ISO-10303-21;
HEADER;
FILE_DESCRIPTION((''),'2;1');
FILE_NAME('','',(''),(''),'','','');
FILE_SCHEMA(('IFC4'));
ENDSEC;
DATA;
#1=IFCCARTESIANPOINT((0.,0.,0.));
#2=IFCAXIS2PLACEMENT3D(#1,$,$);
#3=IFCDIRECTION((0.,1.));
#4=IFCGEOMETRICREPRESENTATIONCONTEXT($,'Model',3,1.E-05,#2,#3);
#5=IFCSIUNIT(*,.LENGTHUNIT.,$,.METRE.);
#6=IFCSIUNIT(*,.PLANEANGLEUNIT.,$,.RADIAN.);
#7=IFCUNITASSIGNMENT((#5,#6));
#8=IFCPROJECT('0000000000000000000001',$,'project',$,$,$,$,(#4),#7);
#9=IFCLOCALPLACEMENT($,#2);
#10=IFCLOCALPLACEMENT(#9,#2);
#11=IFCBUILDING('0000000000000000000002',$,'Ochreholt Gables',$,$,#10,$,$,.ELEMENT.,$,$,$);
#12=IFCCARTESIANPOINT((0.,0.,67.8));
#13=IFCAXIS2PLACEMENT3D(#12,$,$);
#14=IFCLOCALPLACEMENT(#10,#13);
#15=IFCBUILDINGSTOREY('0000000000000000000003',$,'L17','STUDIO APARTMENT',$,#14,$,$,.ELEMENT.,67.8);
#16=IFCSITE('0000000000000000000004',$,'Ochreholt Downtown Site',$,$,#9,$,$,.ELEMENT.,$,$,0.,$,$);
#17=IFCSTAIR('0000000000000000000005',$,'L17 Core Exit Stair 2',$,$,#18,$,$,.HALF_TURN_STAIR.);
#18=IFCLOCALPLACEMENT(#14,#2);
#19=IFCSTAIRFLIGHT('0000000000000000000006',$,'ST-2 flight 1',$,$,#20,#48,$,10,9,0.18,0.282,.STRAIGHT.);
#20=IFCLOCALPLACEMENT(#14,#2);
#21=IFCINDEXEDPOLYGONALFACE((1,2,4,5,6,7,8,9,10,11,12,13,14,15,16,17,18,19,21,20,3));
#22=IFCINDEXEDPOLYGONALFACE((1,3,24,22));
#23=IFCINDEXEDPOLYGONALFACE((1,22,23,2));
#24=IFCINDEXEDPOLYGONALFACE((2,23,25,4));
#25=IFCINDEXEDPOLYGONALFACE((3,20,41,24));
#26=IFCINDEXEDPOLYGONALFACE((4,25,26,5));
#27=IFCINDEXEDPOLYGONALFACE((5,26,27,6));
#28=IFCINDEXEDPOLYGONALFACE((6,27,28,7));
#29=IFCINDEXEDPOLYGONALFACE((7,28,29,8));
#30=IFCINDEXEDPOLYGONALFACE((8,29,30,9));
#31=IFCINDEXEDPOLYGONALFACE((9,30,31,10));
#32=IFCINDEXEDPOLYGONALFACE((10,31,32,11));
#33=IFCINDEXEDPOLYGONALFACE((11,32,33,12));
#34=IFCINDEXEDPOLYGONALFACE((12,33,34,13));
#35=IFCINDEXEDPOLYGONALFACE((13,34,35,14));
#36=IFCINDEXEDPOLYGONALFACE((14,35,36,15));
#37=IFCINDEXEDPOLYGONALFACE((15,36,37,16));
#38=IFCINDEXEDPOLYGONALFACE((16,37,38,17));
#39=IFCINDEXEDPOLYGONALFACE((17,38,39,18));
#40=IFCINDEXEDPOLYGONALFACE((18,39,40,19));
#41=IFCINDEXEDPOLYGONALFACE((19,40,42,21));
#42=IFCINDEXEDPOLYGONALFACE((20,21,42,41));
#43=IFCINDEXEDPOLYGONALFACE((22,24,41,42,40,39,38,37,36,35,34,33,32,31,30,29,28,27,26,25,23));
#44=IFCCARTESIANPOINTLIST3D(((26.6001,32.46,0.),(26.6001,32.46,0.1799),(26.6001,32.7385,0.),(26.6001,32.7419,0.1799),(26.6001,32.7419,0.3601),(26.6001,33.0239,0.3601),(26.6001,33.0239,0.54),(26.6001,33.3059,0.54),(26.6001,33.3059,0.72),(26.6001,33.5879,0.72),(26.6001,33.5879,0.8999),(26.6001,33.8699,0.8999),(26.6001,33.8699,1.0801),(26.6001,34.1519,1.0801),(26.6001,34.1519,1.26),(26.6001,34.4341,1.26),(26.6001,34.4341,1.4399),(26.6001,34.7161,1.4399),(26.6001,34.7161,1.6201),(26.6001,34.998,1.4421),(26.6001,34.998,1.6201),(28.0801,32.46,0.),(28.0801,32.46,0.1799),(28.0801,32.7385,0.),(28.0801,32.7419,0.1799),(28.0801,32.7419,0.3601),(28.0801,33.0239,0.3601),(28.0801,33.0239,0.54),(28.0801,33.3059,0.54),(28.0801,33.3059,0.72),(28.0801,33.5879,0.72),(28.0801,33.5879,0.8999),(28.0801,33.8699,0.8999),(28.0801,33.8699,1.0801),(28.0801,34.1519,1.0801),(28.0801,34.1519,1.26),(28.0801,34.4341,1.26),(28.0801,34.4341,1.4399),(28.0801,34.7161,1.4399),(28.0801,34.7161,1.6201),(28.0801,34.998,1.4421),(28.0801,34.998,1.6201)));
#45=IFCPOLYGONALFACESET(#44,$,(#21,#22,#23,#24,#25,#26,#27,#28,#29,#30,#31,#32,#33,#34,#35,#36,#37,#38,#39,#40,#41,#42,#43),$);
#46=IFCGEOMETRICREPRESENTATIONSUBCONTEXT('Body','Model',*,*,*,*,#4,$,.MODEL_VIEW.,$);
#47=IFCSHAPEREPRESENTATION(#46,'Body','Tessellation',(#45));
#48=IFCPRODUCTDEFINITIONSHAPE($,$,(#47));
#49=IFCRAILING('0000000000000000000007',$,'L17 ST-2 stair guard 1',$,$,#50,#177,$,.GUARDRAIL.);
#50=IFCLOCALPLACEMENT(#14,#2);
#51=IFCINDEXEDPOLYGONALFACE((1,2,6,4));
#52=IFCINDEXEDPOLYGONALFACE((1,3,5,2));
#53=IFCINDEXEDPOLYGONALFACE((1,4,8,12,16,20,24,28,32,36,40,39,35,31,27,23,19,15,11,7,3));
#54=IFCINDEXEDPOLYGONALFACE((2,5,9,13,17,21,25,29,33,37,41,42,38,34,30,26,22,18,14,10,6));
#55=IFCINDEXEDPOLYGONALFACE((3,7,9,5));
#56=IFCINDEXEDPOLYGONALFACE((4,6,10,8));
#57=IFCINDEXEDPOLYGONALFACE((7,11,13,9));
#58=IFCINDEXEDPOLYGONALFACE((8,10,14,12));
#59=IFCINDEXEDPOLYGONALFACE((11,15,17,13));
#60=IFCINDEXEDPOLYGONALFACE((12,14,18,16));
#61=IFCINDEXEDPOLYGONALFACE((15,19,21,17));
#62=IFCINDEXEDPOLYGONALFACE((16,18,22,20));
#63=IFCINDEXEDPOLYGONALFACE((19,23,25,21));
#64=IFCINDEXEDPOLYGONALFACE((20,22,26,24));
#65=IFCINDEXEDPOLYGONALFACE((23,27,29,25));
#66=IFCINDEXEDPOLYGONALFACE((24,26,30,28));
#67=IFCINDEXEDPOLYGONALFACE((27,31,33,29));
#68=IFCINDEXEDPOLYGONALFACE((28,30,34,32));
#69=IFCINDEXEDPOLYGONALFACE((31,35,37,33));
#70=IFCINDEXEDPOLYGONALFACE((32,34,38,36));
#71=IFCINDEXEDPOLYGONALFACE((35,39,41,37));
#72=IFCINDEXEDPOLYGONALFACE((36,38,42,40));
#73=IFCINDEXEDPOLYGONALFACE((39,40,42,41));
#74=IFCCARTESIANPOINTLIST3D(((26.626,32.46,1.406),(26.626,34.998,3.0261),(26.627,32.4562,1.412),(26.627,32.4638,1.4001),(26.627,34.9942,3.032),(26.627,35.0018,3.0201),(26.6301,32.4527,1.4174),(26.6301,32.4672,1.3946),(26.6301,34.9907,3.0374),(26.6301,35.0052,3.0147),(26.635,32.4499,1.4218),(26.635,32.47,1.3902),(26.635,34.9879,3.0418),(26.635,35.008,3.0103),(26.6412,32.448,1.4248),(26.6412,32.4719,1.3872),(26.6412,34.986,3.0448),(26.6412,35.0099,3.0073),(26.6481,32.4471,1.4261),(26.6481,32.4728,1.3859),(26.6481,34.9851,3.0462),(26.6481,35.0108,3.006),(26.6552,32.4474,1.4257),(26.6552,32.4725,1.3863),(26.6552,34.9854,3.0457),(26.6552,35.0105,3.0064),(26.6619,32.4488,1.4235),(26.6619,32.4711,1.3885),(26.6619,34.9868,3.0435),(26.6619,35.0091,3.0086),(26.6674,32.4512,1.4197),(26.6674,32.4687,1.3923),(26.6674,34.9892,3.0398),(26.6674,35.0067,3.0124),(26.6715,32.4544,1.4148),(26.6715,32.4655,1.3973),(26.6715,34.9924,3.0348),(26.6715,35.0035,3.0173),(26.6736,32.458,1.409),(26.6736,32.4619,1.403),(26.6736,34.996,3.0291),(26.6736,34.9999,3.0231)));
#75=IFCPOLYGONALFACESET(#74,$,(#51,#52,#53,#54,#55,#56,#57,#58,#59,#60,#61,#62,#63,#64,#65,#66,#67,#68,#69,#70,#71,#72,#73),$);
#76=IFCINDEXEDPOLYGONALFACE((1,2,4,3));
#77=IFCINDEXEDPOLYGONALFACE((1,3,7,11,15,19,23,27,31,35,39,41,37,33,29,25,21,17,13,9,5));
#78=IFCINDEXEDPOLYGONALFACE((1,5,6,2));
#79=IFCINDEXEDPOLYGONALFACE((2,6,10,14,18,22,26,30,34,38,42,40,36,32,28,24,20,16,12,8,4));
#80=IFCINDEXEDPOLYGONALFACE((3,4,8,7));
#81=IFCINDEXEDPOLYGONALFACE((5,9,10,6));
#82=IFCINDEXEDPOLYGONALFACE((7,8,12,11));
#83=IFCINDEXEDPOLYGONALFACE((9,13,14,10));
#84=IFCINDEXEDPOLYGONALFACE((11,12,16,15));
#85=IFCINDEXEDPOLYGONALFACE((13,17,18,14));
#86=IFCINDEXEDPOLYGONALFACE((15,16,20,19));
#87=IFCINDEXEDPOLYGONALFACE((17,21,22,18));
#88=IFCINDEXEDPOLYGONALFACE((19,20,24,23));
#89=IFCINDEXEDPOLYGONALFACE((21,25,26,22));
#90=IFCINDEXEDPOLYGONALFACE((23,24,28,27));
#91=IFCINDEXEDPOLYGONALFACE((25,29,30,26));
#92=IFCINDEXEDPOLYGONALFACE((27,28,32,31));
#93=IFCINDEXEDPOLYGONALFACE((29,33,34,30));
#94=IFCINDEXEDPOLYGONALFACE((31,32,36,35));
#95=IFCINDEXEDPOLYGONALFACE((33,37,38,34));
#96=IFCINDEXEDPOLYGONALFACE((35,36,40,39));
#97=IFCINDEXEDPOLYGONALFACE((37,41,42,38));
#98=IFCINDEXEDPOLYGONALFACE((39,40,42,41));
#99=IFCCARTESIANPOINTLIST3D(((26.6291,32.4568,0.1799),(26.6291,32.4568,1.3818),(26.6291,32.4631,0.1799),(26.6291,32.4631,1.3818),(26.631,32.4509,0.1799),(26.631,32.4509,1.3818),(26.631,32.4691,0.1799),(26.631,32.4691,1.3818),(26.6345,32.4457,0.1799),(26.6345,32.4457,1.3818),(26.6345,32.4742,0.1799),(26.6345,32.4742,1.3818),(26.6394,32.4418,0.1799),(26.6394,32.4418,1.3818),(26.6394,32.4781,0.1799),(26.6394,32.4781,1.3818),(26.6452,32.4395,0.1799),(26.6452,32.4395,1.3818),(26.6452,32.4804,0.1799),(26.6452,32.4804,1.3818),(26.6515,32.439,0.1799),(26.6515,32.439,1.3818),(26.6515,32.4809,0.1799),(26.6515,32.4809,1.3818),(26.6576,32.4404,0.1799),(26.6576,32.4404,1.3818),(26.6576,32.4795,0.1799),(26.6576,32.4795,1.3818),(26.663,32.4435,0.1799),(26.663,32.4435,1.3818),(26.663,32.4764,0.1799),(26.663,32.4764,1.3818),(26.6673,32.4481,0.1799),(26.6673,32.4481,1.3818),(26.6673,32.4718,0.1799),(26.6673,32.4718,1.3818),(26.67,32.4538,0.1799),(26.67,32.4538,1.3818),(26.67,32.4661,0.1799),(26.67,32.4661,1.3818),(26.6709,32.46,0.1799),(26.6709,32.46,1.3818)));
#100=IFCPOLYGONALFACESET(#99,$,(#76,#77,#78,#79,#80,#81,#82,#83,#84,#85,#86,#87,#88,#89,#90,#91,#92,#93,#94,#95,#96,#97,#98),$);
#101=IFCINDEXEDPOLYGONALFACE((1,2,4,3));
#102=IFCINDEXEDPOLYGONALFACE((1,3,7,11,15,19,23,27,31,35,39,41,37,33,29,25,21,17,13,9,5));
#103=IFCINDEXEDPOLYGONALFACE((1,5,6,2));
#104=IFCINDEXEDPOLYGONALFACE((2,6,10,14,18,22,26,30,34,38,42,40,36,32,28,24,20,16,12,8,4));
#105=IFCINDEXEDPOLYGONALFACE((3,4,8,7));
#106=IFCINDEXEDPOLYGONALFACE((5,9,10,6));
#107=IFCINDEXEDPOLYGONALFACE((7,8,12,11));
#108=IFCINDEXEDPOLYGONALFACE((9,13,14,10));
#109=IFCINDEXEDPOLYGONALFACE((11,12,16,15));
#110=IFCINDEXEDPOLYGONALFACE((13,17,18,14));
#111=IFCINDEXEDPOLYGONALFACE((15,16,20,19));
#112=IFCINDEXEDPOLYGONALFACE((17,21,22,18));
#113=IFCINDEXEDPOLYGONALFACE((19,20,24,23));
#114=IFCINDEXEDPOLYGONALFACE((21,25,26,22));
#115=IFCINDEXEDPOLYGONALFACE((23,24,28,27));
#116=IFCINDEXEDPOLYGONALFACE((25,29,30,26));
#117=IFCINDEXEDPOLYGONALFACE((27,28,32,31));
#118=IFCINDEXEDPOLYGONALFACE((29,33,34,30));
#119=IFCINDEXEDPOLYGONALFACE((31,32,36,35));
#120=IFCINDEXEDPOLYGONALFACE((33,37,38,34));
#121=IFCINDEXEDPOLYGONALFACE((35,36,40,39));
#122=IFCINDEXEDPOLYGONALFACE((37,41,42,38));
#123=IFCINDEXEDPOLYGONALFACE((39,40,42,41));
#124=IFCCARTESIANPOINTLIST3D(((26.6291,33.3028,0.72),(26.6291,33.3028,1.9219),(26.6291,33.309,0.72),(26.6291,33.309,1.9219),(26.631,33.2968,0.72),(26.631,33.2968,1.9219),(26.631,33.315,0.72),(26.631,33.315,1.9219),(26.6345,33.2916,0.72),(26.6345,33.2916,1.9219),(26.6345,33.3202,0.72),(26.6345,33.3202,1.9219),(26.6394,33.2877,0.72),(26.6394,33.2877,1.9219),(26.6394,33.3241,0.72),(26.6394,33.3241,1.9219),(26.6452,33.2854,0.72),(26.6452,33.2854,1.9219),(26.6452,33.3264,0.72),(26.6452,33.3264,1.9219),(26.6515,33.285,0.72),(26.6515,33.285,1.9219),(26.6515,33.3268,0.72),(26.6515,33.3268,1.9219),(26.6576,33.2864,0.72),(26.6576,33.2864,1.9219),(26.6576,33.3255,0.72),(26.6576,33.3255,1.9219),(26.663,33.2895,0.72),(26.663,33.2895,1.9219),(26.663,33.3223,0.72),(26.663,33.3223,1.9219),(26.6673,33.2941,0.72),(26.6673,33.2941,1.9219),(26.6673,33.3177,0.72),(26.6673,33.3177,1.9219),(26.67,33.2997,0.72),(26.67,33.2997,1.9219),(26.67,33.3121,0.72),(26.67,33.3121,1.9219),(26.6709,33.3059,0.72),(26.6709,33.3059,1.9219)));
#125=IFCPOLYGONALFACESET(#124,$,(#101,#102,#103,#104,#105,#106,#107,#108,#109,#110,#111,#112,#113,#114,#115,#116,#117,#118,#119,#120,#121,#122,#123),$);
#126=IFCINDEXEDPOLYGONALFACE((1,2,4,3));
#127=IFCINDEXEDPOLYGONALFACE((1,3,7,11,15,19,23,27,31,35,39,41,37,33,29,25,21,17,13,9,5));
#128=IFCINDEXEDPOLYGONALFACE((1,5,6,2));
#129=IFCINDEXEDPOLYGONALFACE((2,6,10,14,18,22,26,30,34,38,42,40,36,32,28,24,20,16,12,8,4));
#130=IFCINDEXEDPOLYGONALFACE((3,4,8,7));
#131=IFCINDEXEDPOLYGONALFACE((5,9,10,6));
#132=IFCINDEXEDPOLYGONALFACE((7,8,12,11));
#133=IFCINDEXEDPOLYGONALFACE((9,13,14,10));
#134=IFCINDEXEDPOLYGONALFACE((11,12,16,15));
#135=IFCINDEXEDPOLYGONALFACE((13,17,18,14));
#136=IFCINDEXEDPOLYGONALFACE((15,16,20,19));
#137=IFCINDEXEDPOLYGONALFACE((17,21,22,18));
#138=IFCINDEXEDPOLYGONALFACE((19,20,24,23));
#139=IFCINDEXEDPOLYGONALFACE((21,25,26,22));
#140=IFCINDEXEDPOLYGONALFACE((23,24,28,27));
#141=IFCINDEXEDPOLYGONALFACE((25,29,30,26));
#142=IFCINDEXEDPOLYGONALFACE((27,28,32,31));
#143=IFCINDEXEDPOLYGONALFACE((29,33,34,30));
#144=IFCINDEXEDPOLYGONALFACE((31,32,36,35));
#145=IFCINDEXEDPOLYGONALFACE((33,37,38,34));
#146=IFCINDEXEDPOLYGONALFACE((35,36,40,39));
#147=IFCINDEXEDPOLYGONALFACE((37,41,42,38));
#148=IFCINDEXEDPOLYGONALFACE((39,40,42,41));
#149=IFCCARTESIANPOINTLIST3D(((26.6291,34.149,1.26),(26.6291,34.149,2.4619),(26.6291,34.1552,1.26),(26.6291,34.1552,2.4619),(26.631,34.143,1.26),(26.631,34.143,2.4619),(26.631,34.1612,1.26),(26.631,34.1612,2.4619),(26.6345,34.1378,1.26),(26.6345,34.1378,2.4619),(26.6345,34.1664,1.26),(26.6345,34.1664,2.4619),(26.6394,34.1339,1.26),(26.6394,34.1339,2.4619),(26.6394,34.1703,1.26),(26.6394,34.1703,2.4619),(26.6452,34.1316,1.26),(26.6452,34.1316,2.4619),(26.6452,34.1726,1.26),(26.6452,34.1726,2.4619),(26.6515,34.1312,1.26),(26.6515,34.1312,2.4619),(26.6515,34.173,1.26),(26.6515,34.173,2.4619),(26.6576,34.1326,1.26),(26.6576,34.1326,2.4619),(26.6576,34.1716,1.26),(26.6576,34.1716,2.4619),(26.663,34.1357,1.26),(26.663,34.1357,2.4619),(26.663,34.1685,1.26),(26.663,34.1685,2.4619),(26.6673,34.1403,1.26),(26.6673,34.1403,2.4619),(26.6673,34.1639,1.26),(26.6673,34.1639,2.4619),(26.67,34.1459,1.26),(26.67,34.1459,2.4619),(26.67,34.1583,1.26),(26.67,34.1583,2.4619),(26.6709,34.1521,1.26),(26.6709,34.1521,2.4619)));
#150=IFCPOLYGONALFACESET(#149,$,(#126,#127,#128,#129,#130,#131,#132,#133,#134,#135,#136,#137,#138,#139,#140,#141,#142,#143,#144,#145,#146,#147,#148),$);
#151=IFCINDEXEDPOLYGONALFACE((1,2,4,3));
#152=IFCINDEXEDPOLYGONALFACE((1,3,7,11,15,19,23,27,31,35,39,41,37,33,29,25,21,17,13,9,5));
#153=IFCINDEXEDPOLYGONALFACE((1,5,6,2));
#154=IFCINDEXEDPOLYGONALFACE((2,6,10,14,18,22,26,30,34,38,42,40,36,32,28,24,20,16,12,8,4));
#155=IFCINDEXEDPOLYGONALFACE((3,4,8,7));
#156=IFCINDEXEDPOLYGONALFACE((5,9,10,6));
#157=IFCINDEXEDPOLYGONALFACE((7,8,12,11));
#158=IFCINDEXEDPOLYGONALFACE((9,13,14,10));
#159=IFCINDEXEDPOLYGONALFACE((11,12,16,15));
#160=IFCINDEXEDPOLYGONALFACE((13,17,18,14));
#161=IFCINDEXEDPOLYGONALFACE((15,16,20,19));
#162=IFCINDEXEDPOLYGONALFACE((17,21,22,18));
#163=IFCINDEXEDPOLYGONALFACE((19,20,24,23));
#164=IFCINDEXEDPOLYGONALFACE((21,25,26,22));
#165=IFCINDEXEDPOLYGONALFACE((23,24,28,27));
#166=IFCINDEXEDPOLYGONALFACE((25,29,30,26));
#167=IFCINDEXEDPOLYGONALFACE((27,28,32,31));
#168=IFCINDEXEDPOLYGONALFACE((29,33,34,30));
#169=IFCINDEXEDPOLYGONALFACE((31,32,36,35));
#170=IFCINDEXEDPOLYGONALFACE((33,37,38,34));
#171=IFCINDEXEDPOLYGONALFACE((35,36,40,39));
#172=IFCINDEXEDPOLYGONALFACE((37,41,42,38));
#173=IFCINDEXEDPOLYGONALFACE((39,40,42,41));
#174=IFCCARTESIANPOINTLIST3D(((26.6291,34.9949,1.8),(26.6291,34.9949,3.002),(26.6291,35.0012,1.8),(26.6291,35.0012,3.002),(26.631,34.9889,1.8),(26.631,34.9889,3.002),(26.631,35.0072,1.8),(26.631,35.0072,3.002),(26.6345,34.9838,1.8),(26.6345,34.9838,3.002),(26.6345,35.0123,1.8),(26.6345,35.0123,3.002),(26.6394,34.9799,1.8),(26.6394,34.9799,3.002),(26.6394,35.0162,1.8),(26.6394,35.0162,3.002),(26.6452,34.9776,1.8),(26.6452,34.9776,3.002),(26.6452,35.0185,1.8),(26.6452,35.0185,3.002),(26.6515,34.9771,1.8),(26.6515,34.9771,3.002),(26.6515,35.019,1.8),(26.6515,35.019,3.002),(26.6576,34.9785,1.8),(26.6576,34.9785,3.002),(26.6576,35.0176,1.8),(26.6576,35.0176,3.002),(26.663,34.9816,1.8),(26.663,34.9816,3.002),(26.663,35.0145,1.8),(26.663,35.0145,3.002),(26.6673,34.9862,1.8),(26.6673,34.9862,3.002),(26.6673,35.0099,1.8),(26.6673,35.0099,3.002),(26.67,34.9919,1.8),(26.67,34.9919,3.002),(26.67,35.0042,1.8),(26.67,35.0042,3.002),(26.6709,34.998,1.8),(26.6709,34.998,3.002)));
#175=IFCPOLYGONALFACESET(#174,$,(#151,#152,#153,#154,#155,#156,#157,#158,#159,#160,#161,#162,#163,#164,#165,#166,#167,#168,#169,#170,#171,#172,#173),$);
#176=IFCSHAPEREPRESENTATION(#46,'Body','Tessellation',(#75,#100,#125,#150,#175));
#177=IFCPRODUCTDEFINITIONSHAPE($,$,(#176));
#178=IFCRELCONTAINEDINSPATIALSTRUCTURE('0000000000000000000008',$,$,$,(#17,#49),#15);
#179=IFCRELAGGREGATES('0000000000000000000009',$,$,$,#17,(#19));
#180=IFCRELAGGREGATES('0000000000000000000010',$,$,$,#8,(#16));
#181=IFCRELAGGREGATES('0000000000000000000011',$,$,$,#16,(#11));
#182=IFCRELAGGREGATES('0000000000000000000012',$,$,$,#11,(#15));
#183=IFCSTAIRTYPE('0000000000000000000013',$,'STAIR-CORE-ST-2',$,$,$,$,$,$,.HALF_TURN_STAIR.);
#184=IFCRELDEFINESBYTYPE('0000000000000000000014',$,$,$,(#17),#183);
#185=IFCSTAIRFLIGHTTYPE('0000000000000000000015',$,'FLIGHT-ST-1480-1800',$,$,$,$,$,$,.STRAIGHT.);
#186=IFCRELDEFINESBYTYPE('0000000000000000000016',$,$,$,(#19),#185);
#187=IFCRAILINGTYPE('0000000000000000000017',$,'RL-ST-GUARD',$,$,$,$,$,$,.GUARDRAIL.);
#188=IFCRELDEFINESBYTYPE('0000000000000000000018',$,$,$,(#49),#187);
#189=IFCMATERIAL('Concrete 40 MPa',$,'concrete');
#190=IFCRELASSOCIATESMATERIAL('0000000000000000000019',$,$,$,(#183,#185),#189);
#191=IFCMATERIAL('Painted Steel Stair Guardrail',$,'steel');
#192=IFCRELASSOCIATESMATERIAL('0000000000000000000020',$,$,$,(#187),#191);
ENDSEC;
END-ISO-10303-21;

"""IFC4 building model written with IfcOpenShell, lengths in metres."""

from ifc_helpers import new_model, si_unit, direction, frame, origin, origin_2d, place, context, subcontext, project, spatial, polyline, circle, outline, extrude, material, type_object, element, aggregate, save


model = new_model("IFC4")

# Units and contexts
model_context = context("Model", 3, precision=1e-05, world=origin(), true_north=direction((0.0, 1.0)))
body_context = subcontext(model_context, "Body", "Model", "MODEL_VIEW")
ifc_project = project(units=[si_unit("LENGTHUNIT", "METRE"), si_unit("PLANEANGLEUNIT", "RADIAN")], contexts=[model_context])

# Site, building, storey
site_placement = place(None, origin())
site = spatial("IfcSite", under=ifc_project, at=site_placement, Name="Ochreholt Downtown Site", CompositionType="ELEMENT", RefElevation=0.0)
building_placement = place(site_placement, origin())
building = spatial("IfcBuilding", under=site, at=building_placement, Name="Ochreholt Gables", CompositionType="ELEMENT")
storey_placement = place(building_placement, frame((0.0, 0.0, 67.8)))
storey = spatial("IfcBuildingStorey", under=building, at=storey_placement, Name="L17", Description="STUDIO APARTMENT", CompositionType="ELEMENT", Elevation=67.8)

# Shared definitions
ifc_material_1 = material(Name="Concrete 40 MPa", Category="concrete")

# Stair, stair flight
stair_type = type_object("IfcStairType", Name="STAIR-CORE-ST-2", PredefinedType="HALF_TURN_STAIR", material=ifc_material_1)
stair_placement = place(storey_placement, origin())
stair = element("IfcStair", 1, at=stair_placement, inside=storey, type_object=stair_type, Name="L17 Core Exit Stair 2", PredefinedType="HALF_TURN_STAIR")
stair_flight_type = type_object("IfcStairFlightType", Name="FLIGHT-ST-1480-1800", PredefinedType="STRAIGHT", material=ifc_material_1)
stair_flight_placement = place(storey_placement, frame((27.3401, 32.46, 0.0), z_axis=(0.0, 0.0, 1.0), x_axis=(0.0, 1.0, 0.0)))
stair_flight = element("IfcStairFlight", 2, at=stair_flight_placement, type_object=stair_flight_type, Name="ST-2 flight 1", NumberOfRisers=10, NumberOfTreads=9, PredefinedType="STRAIGHT", RiserHeight=0.18, TreadLength=0.282, context=body_context, shape_type="SweptSolid", body=[
    extrude(outline(polyline([(0.0, 0.0), (0.0, 0.1799), (0.282, 0.1799), (0.282, 0.3601), (0.564, 0.3601), (0.564, 0.54), (0.8459, 0.54), (0.8459, 0.72), (1.1279, 0.72), (1.1279, 0.8999), (1.4099, 0.8999), (1.4099, 1.0801), (1.6919, 1.0801), (1.6919, 1.26), (1.9741, 1.26), (1.9741, 1.4399), (2.2561, 1.4399), (2.2561, 1.6201), (2.5381, 1.6201), (2.5381, 1.8), (2.5381, 1.4421), (0.2786, 0.0), (0.0, 0.0)])), frame((0.0, 0.74, 0.0), z_axis=(0.0, -1.0, 0.0), x_axis=(1.0, 0.0, 0.0)), (0.0, 0.0, 1.0), 1.48),
])
aggregate(stair, [stair_flight])

# Railing
ifc_material_2 = material(Name="Painted Steel Stair Guardrail", Category="steel")
railing_type_1 = type_object("IfcRailingType", Name="RL-ST-GUARD", PredefinedType="GUARDRAIL", material=ifc_material_2)
railing_1_placement = place(storey_placement, frame((26.6499, 32.46, 0.1799)))
element("IfcRailing", 3, at=railing_1_placement, inside=storey, type_object=railing_type_1, Name="L17 ST-2 stair guard 1", PredefinedType="GUARDRAIL", context=body_context, shape_type="SweptSolid", body=[
    extrude(circle(Radius=0.0239, at=origin_2d()), frame((0.0, 0.0, 1.2261), z_axis=(0.0, 0.842913, 0.53805), x_axis=(-1.0, 0.0, 0.0)), (0.0, 0.0, 1.0), 3.011),
    extrude(circle(Radius=0.021, at=origin_2d()), origin(), (0.0, 0.0, 1.0), 1.2019),
    extrude(circle(Radius=0.021, at=origin_2d()), frame((0.0, 0.8459, 0.54)), (0.0, 0.0, 1.0), 1.2019),
    extrude(circle(Radius=0.021, at=origin_2d()), frame((0.0, 1.6921, 1.0801)), (0.0, 0.0, 1.0), 1.2019),
    extrude(circle(Radius=0.021, at=origin_2d()), frame((0.0, 2.5381, 1.6201)), (0.0, 0.0, 1.0), 1.2019),
])

save(model, "model.ifc")
